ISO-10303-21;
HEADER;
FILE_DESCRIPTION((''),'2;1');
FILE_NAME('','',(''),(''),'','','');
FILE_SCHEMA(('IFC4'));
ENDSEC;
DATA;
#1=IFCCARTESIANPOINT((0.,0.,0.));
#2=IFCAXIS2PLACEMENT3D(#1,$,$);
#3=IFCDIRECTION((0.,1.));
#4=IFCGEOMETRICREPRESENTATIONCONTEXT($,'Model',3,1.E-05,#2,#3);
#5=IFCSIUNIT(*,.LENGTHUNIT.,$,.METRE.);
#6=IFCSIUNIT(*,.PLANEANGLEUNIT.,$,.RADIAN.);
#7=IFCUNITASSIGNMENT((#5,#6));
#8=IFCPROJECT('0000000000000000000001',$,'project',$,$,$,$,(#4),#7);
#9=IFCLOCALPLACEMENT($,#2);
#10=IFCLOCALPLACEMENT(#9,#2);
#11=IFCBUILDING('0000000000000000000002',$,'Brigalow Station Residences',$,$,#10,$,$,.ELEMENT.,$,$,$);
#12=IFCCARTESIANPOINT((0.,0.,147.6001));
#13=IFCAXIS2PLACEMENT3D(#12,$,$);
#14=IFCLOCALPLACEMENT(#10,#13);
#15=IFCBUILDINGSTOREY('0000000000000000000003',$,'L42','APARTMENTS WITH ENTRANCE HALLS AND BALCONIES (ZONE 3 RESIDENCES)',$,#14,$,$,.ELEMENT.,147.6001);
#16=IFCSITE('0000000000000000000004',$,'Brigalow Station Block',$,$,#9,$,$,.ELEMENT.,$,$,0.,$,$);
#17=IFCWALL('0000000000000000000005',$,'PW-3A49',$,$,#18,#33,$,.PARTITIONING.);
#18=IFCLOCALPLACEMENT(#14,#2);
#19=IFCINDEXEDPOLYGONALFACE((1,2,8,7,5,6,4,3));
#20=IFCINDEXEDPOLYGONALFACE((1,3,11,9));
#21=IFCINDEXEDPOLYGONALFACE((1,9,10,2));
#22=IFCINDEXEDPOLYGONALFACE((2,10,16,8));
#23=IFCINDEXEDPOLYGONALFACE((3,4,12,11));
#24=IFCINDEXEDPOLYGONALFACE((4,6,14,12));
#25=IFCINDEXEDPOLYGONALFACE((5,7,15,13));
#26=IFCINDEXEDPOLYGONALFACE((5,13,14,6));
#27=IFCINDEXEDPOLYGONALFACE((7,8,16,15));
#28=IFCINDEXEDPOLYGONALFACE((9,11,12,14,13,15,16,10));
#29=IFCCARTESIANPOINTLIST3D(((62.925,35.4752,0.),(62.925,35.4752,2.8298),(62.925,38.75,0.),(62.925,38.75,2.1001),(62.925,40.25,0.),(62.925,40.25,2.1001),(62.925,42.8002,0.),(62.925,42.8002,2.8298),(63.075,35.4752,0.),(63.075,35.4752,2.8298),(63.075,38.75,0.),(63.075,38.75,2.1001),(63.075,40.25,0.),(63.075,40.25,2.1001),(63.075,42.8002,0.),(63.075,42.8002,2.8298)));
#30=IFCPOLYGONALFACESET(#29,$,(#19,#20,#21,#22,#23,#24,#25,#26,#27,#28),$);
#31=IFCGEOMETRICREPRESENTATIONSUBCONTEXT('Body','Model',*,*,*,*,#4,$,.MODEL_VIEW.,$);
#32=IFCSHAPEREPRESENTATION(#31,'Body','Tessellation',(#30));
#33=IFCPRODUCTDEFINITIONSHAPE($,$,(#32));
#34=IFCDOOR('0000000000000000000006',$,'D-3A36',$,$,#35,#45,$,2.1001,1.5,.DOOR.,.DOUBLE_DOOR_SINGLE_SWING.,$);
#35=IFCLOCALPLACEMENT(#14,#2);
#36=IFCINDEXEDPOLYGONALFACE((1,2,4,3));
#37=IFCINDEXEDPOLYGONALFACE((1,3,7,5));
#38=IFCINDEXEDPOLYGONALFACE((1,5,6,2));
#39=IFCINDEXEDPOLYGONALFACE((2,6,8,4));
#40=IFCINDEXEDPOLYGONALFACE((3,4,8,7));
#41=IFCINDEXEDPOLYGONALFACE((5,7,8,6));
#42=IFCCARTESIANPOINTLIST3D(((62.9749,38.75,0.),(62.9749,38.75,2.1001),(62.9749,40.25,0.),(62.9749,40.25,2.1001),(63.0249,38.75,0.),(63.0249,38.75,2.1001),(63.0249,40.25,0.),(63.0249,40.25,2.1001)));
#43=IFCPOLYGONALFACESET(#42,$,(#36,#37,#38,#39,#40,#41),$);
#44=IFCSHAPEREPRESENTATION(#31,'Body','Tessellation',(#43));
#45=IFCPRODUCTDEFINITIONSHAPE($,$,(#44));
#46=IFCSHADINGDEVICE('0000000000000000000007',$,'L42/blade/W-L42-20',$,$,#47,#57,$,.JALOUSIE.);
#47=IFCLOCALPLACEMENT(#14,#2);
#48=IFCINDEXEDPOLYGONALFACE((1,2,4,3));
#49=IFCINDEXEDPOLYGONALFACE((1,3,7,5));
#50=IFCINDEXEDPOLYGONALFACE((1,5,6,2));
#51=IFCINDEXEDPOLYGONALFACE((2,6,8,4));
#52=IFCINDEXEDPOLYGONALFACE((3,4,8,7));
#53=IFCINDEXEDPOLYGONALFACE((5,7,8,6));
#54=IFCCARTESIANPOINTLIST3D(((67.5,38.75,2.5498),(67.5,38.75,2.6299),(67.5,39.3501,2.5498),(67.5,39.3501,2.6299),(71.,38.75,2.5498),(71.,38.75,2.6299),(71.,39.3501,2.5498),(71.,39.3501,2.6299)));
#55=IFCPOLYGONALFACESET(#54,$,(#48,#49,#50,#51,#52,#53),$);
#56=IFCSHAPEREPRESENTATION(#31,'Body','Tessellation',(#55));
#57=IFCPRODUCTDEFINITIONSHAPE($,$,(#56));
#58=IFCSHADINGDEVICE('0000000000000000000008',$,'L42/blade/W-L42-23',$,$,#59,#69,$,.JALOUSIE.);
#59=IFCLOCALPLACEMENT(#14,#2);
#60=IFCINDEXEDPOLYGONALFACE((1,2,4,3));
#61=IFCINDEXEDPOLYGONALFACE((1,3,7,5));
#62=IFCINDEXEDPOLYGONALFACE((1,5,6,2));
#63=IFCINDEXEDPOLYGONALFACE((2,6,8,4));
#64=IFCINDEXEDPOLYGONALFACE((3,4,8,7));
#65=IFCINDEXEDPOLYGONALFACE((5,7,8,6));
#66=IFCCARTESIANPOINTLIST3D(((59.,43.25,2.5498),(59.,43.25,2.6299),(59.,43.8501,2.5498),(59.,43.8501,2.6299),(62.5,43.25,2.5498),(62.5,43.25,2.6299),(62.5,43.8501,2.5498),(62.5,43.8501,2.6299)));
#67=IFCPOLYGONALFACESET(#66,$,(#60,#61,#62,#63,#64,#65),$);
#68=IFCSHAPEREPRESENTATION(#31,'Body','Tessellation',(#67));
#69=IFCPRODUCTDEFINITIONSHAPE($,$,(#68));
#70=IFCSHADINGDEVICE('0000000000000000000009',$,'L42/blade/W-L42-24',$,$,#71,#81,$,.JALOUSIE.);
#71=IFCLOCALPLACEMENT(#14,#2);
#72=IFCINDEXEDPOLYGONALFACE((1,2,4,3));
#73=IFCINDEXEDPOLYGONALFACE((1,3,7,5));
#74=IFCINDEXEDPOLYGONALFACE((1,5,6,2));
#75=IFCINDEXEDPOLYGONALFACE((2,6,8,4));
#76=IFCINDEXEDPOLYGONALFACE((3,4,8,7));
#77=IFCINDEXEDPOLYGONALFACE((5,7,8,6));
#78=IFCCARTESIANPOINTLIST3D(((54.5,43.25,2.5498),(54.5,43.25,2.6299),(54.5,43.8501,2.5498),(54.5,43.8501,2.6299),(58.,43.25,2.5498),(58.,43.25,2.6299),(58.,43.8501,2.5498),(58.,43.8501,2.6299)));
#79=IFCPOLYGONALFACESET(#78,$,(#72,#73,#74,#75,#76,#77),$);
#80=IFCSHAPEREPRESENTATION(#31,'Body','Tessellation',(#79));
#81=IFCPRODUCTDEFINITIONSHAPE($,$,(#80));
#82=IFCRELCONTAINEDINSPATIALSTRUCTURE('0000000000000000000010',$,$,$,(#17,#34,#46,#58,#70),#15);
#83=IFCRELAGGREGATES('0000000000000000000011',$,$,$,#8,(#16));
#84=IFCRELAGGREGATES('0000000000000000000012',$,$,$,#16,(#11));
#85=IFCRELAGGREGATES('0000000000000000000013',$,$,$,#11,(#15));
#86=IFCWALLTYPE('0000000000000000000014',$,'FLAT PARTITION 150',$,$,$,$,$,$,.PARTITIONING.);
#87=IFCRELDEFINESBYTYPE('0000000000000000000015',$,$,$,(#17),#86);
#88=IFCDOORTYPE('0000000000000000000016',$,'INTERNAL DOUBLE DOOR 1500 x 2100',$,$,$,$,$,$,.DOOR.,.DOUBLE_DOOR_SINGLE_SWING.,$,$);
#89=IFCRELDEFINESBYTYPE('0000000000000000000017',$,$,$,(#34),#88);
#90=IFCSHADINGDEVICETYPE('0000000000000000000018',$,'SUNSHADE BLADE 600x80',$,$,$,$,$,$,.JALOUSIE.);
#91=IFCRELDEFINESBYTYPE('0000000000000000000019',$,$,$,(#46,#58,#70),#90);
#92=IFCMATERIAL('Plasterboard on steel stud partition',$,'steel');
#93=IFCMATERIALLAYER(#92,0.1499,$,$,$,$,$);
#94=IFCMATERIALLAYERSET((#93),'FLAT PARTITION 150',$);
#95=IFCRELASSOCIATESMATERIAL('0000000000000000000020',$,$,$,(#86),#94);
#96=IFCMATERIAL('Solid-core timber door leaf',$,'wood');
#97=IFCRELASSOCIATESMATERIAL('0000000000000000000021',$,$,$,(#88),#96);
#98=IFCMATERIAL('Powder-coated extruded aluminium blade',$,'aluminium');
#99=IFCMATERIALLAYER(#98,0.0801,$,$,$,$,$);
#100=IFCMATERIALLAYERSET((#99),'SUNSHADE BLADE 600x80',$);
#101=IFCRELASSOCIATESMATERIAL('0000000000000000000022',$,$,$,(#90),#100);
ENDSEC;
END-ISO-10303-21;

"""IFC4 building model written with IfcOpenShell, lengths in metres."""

from ifc_helpers import new_model, si_unit, direction, frame, frame_2d, origin, origin_2d, place, context, subcontext, project, spatial, rectangle, extrude, material, layer, layer_set, type_object, element, fill, save


model = new_model("IFC4")

# Units and contexts
model_context = context("Model", 3, precision=1e-05, world=origin(), true_north=direction((0.0, 1.0)))
body_context = subcontext(model_context, "Body", "Model", "MODEL_VIEW")
ifc_project = project(units=[si_unit("LENGTHUNIT", "METRE"), si_unit("PLANEANGLEUNIT", "RADIAN")], contexts=[model_context])

# Site, building, storey
site_placement = place(None, origin())
site = spatial("IfcSite", under=ifc_project, at=site_placement, Name="Brigalow Station Block", CompositionType="ELEMENT", RefElevation=0.0)
building_placement = place(site_placement, origin())
building = spatial("IfcBuilding", under=site, at=building_placement, Name="Brigalow Station Residences", CompositionType="ELEMENT")
storey_placement = place(building_placement, frame((0.0, 0.0, 147.6001)))
storey = spatial("IfcBuildingStorey", under=building, at=storey_placement, Name="L42", Description="APARTMENTS WITH ENTRANCE HALLS AND BALCONIES (ZONE 3 RESIDENCES)", CompositionType="ELEMENT", Elevation=147.6001)

# Shared definitions
ifc_material_1 = material(Name="Plasterboard on steel stud partition", Category="steel")
ifc_layer_1 = layer(ifc_material_1, 0.1499)
ifc_layer_set_1 = layer_set([ifc_layer_1], Name="FLAT PARTITION 150")
wall_type_1 = type_object("IfcWallType", Name="FLAT PARTITION 150", PredefinedType="PARTITIONING", material=ifc_layer_set_1)

# Wall, opening, door
wall_1_placement = place(storey_placement, frame((63.0, 35.4751, 0.0), z_axis=(0.0, 0.0, 1.0), x_axis=(0.0, 1.0, 0.0)))
wall_1 = element("IfcWall", 1, at=wall_1_placement, inside=storey, type_object=wall_type_1, Name="PW-3A49", PredefinedType="PARTITIONING", context=body_context, shape_type="SweptSolid", body=[
    extrude(rectangle(XDim=7.325, YDim=0.1499, at=frame_2d((3.6626, 0.0))), origin(), (0.0, 0.0, 1.0), 2.8298),
])
opening_1_placement = place(wall_1_placement, frame((3.2749, 0.0, 0.0)))
opening_1 = element("IfcOpeningElement", 2, at=opening_1_placement, cuts=wall_1, PredefinedType="OPENING", context=body_context, shape_type="SweptSolid", body=[
    extrude(rectangle(XDim=1.5, YDim=2.1001, at=frame_2d((0.75, 1.05))), frame((0.0, 0.085, 0.0), z_axis=(0.0, -1.0, 0.0), x_axis=(1.0, 0.0, 0.0)), (0.0, 0.0, 1.0), 0.1699),
])
ifc_material_2 = material(Name="Solid-core timber door leaf", Category="wood")
door_type_1 = type_object("IfcDoorType", Name="INTERNAL DOUBLE DOOR 1500 x 2100", OperationType="DOUBLE_DOOR_SINGLE_SWING", PredefinedType="DOOR", material=ifc_material_2)
door_1_placement = place(opening_1_placement, frame((1.5, 0.0, 0.0), z_axis=(0.0, 0.0, 1.0), x_axis=(-1.0, 0.0, 0.0)))
door_1 = element("IfcDoor", 3, at=door_1_placement, inside=storey, type_object=door_type_1, Name="D-3A36", OperationType="DOUBLE_DOOR_SINGLE_SWING", OverallHeight=2.1001, OverallWidth=1.5, PredefinedType="DOOR", context=body_context, shape_type="SweptSolid", body=[
    extrude(rectangle(XDim=1.5, YDim=2.1001, at=frame_2d((0.75, 1.05))), frame((0.0, 0.0249, 0.0), z_axis=(0.0, -1.0, 0.0), x_axis=(1.0, 0.0, 0.0)), (0.0, 0.0, 1.0), 0.05),
])
fill(opening_1, door_1)

# Shading devices
ifc_material_3 = material(Name="Powder-coated extruded aluminium blade", Category="aluminium")
ifc_layer_2 = layer(ifc_material_3, 0.0801)
ifc_layer_set_2 = layer_set([ifc_layer_2], Name="SUNSHADE BLADE 600x80")
shading_device_type = type_object("IfcShadingDeviceType", Name="SUNSHADE BLADE 600x80", PredefinedType="JALOUSIE", material=ifc_layer_set_2)
for number, where, z_axis, x_axis, name in (
    (4, (69.25, 39.05, 2.5498), (0.0, 0.0, 1.0), (-1.0, 0.0, 0.0), "L42/blade/W-L42-20"),
    (5, (60.75, 43.55, 2.5498), (0.0, 0.0, 1.0), (-1.0, 0.0, 0.0), "L42/blade/W-L42-23"),
    (6, (56.25, 43.55, 2.5498), (0.0, 0.0, 1.0), (-1.0, 0.0, 0.0), "L42/blade/W-L42-24"),
):
    element("IfcShadingDevice", number, at=place(storey_placement, frame(where, z_axis=z_axis, x_axis=x_axis)), inside=storey, type_object=shading_device_type, Name=name, PredefinedType="JALOUSIE", context=body_context, shape_type="SweptSolid", body=[
        extrude(rectangle(XDim=3.5, YDim=0.6001, at=origin_2d()), origin(), (0.0, 0.0, 1.0), 0.0801),
    ])

save(model, "model.ifc")
